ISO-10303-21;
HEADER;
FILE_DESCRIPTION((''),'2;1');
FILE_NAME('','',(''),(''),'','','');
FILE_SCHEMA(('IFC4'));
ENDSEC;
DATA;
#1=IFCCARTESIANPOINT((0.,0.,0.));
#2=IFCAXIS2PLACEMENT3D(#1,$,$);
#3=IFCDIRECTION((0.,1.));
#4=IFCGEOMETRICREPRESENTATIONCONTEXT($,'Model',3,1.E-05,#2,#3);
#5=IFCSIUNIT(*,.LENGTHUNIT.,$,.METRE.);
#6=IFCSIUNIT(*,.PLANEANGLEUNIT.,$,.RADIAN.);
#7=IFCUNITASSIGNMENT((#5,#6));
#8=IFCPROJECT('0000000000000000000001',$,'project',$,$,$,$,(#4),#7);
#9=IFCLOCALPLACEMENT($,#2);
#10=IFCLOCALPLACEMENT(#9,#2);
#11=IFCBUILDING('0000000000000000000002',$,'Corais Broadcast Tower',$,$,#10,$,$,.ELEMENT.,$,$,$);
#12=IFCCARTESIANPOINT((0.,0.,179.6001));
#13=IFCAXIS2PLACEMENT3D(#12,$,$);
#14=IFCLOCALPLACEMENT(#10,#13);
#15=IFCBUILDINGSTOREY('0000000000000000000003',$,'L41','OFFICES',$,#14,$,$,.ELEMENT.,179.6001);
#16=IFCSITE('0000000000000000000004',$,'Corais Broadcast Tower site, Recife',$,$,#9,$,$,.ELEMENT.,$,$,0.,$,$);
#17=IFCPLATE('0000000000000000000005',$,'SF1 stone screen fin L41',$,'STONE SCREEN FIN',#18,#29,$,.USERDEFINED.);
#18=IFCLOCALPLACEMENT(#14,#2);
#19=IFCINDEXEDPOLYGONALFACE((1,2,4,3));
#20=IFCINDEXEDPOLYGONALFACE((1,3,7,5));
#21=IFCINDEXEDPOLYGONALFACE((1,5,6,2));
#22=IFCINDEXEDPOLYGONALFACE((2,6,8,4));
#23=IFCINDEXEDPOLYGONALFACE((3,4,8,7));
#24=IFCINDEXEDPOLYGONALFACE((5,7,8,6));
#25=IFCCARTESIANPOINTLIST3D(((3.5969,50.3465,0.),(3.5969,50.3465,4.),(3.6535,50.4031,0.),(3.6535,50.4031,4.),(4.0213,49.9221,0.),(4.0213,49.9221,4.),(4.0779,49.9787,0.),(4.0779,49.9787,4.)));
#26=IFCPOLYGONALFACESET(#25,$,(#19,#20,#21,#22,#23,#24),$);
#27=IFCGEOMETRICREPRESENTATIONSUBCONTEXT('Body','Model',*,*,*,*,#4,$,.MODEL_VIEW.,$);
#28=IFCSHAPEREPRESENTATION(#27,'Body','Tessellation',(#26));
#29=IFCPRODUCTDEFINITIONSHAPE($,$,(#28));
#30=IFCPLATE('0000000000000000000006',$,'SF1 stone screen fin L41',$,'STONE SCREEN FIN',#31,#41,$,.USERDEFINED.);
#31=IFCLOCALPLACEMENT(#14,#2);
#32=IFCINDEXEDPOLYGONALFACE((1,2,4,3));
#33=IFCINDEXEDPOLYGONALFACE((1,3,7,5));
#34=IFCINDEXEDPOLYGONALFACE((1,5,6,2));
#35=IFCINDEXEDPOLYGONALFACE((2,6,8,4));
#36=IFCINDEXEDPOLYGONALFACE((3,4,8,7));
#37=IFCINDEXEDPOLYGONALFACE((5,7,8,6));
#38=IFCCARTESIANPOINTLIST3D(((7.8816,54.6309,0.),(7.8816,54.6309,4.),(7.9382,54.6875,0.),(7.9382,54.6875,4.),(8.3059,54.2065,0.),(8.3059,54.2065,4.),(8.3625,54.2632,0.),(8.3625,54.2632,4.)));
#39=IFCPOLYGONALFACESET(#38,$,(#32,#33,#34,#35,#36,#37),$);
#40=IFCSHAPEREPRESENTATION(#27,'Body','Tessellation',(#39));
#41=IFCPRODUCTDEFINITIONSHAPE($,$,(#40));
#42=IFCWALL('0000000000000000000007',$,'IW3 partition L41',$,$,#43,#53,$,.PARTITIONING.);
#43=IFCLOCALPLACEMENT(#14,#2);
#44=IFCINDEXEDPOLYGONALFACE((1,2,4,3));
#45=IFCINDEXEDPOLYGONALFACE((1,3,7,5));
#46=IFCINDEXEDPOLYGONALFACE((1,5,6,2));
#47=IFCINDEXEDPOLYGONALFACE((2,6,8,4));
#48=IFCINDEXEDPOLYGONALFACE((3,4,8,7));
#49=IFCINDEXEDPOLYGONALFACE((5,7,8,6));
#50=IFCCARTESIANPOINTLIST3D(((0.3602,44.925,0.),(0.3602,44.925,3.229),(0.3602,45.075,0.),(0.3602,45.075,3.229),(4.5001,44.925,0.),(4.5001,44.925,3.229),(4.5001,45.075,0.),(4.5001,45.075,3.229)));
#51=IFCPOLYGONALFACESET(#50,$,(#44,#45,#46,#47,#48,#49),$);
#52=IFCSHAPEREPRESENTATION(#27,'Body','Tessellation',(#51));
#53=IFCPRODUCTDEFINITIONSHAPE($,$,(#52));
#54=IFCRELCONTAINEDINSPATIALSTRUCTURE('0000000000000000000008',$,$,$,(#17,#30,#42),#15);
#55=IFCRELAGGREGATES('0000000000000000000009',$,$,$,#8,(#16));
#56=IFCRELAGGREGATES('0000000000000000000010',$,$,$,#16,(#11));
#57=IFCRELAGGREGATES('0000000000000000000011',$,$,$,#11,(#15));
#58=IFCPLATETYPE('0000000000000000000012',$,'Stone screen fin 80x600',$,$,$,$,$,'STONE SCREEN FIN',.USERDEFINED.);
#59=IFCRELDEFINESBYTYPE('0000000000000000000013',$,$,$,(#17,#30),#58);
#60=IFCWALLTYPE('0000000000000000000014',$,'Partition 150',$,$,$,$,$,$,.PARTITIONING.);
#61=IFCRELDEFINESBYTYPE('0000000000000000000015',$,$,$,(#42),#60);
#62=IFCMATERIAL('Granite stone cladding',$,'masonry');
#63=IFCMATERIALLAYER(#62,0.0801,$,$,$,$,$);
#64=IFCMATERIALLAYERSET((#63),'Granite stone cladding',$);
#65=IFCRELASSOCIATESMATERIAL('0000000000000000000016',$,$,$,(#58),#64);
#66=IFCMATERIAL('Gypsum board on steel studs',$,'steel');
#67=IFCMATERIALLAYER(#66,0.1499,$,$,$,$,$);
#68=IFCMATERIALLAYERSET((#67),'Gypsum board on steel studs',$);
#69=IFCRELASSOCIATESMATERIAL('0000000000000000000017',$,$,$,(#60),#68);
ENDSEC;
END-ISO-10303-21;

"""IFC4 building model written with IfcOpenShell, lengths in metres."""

from ifc_helpers import new_model, si_unit, direction, frame, frame_2d, origin, origin_2d, place, context, subcontext, project, spatial, rectangle, extrude, material, layer, layer_set, type_object, element, save


model = new_model("IFC4")

# Units and contexts
model_context = context("Model", 3, precision=1e-05, world=origin(), true_north=direction((0.0, 1.0)))
body_context = subcontext(model_context, "Body", "Model", "MODEL_VIEW")
ifc_project = project(units=[si_unit("LENGTHUNIT", "METRE"), si_unit("PLANEANGLEUNIT", "RADIAN")], contexts=[model_context])

# Site, building, storey
site_placement = place(None, origin())
site = spatial("IfcSite", under=ifc_project, at=site_placement, Name="Corais Broadcast Tower site, Recife", CompositionType="ELEMENT", RefElevation=0.0)
building_placement = place(site_placement, origin())
building = spatial("IfcBuilding", under=site, at=building_placement, Name="Corais Broadcast Tower", CompositionType="ELEMENT")
storey_placement = place(building_placement, frame((0.0, 0.0, 179.6001)))
storey = spatial("IfcBuildingStorey", under=building, at=storey_placement, Name="L41", Description="OFFICES", CompositionType="ELEMENT", Elevation=179.6001)

# Plates
ifc_material_1 = material(Name="Granite stone cladding", Category="masonry")
ifc_layer_1 = layer(ifc_material_1, 0.0801)
ifc_layer_set_1 = layer_set([ifc_layer_1], Name="Granite stone cladding")
plate_type_1 = type_object("IfcPlateType", Name="Stone screen fin 80x600", ElementType="STONE SCREEN FIN", PredefinedType="USERDEFINED", material=ifc_layer_set_1)
for number, where, z_axis, x_axis, name in (
    (1, (3.8374, 50.1626, 0.0), (0.0, 0.0, 1.0), (0.707107, 0.707107, 0.0), "SF1 stone screen fin L41"),
    (2, (8.1221, 54.447, 0.0), (0.0, 0.0, 1.0), (0.707107, 0.707107, 0.0), "SF1 stone screen fin L41"),
):
    element("IfcPlate", number, at=place(storey_placement, frame(where, z_axis=z_axis, x_axis=x_axis)), inside=storey, type_object=plate_type_1, Name=name, ObjectType="STONE SCREEN FIN", PredefinedType="USERDEFINED", context=body_context, shape_type="SweptSolid", body=[
        extrude(rectangle(XDim=0.0801, YDim=0.6001, at=origin_2d()), origin(), (0.0, 0.0, 1.0), 4.0),
    ])

# Wall
ifc_material_2 = material(Name="Gypsum board on steel studs", Category="steel")
ifc_layer_2 = layer(ifc_material_2, 0.1499)
ifc_layer_set_2 = layer_set([ifc_layer_2], Name="Gypsum board on steel studs")
wall_type = type_object("IfcWallType", Name="Partition 150", PredefinedType="PARTITIONING", material=ifc_layer_set_2)
wall_placement = place(storey_placement, frame((4.5, 45.0, 0.0), z_axis=(0.0, 0.0, 1.0), x_axis=(-1.0, 0.0, 0.0)))
element("IfcWall", 3, at=wall_placement, inside=storey, type_object=wall_type, Name="IW3 partition L41", PredefinedType="PARTITIONING", context=body_context, shape_type="SweptSolid", body=[
    extrude(rectangle(XDim=4.1399, YDim=0.1499, at=frame_2d((2.0698, 0.0))), origin(), (0.0, 0.0, 1.0), 3.229),
])

save(model, "model.ifc")
